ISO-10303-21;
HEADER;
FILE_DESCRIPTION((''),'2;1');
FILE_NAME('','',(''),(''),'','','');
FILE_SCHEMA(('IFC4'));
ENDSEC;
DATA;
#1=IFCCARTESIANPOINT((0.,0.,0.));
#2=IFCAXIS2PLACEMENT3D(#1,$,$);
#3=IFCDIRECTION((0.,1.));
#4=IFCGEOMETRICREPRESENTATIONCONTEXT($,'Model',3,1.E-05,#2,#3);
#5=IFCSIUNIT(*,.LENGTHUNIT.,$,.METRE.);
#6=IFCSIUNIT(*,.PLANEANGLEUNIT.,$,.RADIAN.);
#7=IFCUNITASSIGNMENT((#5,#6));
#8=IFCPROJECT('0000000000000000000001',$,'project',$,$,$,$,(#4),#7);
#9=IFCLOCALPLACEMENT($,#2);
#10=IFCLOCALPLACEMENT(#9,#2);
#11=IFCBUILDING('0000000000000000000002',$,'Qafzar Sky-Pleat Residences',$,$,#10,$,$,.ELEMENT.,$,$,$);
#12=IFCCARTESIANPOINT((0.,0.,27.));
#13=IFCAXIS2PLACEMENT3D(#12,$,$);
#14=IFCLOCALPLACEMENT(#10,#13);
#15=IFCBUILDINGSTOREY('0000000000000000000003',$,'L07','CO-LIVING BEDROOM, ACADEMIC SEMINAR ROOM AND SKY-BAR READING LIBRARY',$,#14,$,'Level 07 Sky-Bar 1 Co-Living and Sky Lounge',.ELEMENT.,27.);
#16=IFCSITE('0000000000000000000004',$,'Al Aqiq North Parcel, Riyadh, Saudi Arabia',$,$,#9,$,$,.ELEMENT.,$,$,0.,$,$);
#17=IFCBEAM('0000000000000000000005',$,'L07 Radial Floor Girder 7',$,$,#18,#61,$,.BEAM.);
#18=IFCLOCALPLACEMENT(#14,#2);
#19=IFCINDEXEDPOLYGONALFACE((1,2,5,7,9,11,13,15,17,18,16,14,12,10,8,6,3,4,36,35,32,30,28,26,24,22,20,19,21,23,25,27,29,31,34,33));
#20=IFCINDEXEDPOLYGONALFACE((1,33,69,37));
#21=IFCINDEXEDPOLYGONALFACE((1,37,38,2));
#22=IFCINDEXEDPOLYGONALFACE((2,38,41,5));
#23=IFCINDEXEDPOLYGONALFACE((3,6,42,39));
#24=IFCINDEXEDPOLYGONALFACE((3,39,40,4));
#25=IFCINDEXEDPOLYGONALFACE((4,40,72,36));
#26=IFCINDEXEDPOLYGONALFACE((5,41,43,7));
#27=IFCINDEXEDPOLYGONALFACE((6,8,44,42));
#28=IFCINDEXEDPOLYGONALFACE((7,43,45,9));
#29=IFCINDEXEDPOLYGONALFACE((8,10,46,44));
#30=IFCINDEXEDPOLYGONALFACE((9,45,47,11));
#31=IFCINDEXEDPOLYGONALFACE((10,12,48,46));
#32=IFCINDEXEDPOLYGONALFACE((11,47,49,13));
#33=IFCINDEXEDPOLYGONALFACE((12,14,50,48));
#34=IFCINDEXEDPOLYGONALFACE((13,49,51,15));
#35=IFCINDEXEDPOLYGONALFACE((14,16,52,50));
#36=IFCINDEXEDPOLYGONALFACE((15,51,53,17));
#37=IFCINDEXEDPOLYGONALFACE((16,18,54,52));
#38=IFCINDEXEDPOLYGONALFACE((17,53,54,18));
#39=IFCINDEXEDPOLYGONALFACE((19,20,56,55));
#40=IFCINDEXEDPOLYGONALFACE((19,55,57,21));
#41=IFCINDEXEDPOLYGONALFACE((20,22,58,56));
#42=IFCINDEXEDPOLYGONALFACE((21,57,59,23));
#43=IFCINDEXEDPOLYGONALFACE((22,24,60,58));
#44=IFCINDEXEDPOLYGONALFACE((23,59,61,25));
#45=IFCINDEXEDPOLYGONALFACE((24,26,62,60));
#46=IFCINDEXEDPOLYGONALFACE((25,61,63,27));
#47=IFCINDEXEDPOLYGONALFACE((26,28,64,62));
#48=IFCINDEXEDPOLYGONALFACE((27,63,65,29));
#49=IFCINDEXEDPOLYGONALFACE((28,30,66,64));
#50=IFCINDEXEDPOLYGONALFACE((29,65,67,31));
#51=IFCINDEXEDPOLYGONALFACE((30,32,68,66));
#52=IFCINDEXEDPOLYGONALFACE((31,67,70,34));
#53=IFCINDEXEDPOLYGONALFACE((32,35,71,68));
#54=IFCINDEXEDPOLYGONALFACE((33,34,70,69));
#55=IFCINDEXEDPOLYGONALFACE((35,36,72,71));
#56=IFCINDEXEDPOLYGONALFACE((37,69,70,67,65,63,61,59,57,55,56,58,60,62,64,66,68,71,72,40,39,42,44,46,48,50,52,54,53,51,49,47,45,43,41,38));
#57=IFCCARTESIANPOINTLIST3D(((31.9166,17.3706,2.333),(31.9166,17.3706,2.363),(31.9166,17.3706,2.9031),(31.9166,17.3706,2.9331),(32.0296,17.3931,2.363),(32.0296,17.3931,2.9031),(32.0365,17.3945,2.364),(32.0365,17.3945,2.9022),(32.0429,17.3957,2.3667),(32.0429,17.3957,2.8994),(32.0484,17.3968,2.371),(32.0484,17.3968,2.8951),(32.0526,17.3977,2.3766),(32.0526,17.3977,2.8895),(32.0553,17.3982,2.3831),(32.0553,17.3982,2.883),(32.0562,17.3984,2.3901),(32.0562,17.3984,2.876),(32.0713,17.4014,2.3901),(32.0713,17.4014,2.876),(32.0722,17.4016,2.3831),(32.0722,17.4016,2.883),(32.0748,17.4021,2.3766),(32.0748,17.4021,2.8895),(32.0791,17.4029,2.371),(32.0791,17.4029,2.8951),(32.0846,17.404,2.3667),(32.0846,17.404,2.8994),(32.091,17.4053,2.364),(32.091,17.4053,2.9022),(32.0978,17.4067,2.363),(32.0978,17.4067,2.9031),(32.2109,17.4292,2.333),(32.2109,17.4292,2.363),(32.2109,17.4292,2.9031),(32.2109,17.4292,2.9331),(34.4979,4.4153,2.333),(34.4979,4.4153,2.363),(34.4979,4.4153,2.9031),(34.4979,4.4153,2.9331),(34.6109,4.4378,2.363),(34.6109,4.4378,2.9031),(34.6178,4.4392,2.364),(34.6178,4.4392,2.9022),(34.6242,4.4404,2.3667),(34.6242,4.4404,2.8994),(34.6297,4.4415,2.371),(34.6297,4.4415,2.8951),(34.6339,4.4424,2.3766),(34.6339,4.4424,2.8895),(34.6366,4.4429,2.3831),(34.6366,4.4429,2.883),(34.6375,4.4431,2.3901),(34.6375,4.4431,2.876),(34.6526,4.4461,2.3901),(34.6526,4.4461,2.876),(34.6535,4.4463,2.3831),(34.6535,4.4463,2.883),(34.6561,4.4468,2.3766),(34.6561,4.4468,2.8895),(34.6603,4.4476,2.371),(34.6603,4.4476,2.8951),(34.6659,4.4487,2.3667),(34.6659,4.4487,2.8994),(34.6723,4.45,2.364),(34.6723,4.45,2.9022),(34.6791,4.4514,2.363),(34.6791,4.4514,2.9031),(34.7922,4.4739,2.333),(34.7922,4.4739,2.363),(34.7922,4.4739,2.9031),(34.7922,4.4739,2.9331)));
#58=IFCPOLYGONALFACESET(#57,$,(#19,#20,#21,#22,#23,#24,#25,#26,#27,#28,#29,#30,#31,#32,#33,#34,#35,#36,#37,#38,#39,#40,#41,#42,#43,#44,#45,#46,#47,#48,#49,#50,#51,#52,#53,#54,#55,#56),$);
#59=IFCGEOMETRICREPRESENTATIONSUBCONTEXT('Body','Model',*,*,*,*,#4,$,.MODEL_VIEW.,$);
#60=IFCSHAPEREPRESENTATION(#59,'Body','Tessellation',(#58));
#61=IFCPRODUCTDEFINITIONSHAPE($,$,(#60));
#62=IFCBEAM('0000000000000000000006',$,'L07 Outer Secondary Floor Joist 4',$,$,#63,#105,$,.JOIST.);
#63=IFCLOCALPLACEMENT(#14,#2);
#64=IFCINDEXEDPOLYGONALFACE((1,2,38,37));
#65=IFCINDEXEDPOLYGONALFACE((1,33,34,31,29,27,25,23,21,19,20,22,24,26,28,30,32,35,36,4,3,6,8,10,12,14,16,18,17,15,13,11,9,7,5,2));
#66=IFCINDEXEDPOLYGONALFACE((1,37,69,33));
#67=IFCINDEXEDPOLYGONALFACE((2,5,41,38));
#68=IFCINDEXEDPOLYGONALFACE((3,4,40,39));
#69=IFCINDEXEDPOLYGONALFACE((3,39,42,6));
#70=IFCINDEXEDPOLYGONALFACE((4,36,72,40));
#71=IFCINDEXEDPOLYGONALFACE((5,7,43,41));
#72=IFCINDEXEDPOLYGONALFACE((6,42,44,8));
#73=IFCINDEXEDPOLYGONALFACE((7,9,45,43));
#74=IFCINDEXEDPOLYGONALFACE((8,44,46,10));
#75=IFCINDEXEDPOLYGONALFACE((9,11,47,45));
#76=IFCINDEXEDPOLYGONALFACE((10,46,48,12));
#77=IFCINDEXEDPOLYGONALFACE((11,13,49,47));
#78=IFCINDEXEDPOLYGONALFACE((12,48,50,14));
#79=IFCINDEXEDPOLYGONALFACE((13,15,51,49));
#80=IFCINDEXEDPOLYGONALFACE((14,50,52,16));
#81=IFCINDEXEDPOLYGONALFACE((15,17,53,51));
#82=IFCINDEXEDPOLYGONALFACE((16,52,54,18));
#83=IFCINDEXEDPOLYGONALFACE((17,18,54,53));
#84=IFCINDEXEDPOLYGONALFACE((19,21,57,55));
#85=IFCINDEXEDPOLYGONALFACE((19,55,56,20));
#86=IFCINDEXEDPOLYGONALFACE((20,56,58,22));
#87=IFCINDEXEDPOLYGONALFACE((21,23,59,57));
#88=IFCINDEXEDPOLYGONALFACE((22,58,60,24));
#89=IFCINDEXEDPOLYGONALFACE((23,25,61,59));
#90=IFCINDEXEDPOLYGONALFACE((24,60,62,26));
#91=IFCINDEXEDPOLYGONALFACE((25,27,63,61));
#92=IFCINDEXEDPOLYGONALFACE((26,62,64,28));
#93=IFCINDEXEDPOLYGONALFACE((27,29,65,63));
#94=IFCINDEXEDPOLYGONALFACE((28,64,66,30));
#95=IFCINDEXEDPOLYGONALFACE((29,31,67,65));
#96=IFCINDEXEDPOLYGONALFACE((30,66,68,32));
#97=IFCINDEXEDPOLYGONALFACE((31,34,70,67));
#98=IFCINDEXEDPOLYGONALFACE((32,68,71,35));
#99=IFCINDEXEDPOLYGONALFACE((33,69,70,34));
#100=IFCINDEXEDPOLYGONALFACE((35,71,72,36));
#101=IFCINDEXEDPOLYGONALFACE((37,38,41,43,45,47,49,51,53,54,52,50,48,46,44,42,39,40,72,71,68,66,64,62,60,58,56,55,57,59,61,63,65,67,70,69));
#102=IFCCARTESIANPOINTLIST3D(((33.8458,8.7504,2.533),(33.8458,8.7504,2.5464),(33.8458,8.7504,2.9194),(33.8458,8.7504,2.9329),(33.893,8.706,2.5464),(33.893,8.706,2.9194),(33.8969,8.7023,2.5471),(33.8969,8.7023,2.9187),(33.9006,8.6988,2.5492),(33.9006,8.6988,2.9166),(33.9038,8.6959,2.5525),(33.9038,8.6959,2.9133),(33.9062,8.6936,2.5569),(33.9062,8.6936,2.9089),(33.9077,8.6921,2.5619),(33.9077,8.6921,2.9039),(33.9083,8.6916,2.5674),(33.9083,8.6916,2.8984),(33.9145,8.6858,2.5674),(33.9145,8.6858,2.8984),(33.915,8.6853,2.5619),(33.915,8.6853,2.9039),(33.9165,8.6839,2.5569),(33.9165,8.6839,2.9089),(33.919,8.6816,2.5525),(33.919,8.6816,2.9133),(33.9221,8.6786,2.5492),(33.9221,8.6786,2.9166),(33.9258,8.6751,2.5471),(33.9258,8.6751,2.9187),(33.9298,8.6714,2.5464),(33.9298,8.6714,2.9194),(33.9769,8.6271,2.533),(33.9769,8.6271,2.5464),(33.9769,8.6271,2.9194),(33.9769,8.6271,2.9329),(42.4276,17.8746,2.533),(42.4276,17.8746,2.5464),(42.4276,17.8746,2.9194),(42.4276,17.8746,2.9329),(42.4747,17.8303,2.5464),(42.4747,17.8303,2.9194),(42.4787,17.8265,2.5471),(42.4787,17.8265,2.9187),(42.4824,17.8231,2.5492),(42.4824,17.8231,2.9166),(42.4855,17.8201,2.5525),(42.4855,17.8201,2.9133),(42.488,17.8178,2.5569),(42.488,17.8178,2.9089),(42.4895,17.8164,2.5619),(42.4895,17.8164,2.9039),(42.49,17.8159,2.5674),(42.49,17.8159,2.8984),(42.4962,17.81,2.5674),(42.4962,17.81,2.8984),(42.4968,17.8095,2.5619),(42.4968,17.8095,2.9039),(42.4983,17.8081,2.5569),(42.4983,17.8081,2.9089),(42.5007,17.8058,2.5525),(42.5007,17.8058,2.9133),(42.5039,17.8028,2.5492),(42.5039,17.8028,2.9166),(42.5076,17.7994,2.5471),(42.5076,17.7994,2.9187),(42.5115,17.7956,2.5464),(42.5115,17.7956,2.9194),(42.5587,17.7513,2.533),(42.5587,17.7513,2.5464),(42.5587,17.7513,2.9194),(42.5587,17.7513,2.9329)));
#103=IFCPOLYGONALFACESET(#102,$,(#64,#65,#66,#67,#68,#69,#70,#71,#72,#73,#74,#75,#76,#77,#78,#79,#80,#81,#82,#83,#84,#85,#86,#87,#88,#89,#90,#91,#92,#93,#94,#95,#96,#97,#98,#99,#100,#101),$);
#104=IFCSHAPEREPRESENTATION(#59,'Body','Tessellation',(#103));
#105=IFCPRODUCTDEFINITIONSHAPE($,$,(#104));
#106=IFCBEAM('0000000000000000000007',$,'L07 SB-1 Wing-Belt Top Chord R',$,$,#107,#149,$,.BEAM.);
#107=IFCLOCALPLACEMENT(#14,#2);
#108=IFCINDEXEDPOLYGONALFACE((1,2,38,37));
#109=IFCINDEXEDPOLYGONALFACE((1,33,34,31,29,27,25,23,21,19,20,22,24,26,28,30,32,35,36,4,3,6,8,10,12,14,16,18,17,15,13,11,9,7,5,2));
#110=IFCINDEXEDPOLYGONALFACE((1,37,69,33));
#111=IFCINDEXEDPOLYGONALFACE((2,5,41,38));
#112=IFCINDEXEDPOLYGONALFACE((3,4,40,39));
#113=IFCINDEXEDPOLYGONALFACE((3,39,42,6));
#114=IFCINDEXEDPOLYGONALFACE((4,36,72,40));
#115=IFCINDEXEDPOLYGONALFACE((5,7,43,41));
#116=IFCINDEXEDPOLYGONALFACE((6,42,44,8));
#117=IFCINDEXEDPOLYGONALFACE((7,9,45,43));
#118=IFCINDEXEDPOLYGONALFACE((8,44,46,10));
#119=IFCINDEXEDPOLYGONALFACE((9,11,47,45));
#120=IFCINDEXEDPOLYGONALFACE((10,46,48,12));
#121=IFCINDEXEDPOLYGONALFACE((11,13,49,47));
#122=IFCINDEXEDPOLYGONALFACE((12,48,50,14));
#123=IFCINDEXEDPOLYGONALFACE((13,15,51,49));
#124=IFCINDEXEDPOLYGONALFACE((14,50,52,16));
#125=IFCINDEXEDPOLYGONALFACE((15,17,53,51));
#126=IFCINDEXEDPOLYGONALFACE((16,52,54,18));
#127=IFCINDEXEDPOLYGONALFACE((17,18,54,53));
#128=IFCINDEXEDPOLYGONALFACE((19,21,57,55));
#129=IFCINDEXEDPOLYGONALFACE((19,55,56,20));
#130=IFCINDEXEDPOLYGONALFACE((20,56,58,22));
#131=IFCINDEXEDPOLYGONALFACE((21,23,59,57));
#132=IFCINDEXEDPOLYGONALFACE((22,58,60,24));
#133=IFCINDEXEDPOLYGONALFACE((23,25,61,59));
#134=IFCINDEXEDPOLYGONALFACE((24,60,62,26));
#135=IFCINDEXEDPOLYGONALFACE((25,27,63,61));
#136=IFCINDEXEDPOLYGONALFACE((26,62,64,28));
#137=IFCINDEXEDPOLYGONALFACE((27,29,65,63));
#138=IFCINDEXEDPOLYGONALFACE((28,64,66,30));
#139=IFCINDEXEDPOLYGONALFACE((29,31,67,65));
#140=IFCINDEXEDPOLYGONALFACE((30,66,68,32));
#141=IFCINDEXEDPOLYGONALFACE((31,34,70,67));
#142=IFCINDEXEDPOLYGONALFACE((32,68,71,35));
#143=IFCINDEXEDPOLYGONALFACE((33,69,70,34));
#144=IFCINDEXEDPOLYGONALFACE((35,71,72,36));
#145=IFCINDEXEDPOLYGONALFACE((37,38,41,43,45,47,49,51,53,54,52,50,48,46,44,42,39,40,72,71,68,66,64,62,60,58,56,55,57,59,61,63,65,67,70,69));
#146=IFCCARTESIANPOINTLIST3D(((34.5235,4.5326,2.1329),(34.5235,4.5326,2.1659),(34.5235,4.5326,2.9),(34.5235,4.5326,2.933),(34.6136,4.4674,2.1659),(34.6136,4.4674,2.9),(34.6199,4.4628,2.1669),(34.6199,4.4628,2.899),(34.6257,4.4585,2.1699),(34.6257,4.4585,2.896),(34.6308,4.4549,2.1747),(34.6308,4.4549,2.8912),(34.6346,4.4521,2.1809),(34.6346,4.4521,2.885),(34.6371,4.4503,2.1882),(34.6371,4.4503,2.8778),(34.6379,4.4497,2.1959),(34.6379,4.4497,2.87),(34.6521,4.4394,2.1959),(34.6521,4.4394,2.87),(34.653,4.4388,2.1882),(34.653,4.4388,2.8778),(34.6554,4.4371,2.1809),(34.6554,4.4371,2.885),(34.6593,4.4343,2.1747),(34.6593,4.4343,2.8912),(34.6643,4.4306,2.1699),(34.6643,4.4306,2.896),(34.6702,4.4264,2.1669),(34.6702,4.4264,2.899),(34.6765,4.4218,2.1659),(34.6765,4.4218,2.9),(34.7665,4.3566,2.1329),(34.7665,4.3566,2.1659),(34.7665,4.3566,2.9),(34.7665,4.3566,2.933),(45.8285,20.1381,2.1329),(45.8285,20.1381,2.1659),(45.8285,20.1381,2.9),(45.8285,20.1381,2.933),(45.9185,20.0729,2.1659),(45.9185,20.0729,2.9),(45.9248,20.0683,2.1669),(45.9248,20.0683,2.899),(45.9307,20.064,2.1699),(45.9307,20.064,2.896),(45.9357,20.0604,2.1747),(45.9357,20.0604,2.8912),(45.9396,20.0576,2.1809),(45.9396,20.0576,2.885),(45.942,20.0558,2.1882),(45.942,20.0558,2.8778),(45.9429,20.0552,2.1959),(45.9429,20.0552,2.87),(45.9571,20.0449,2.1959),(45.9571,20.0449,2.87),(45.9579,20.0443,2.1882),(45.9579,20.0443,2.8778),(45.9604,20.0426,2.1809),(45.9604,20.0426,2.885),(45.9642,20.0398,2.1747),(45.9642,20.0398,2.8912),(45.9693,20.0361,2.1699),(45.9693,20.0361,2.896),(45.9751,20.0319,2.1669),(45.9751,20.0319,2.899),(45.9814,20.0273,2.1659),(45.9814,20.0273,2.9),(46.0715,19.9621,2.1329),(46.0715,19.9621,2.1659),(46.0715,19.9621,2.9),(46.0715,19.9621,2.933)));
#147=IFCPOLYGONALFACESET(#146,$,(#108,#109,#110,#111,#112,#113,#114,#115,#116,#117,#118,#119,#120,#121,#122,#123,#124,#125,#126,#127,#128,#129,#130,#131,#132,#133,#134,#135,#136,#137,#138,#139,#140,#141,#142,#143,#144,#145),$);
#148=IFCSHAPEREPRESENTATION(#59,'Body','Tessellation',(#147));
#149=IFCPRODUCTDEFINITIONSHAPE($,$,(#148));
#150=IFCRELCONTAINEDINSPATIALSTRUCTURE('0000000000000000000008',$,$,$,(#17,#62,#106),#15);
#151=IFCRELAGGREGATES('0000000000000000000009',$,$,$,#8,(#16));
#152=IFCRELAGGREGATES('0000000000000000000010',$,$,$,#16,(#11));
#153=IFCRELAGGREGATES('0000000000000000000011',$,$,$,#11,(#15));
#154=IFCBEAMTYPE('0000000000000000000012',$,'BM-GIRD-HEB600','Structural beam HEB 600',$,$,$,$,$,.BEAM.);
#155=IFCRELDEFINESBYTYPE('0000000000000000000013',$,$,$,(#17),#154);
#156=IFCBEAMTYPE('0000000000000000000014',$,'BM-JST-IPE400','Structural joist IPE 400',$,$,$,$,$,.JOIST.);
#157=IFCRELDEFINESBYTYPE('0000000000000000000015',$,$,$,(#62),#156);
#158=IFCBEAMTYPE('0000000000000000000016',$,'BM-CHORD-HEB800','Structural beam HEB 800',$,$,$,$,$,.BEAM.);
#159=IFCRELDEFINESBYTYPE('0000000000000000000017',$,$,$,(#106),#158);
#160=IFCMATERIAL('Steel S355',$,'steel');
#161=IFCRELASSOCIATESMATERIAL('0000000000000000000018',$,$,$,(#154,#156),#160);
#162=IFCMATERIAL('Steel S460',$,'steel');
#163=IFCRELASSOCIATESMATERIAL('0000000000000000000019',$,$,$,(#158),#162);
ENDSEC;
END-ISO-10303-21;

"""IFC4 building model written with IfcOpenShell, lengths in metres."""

from ifc_helpers import new_model, si_unit, direction, frame, origin, origin_2d, place, context, subcontext, project, spatial, i_section, extrude, source, transform, mapped, material, material_profile, profile_set, type_object, element, save


model = new_model("IFC4")

# Units and contexts
model_context = context("Model", 3, precision=1e-05, world=origin(), true_north=direction((0.0, 1.0)))
body_context = subcontext(model_context, "Body", "Model", "MODEL_VIEW")
ifc_project = project(units=[si_unit("LENGTHUNIT", "METRE"), si_unit("PLANEANGLEUNIT", "RADIAN")], contexts=[model_context])

# Site, building, storey
site_placement = place(None, origin())
site = spatial("IfcSite", under=ifc_project, at=site_placement, Name="Al Aqiq North Parcel, Riyadh, Saudi Arabia", CompositionType="ELEMENT", RefElevation=0.0)
building_placement = place(site_placement, origin())
building = spatial("IfcBuilding", under=site, at=building_placement, Name="Qafzar Sky-Pleat Residences", CompositionType="ELEMENT")
storey_placement = place(building_placement, frame((0.0, 0.0, 27.0)))
storey = spatial("IfcBuildingStorey", under=building, at=storey_placement, Name="L07", Description="CO-LIVING BEDROOM, ACADEMIC SEMINAR ROOM AND SKY-BAR READING LIBRARY", LongName="Level 07 Sky-Bar 1 Co-Living and Sky Lounge", CompositionType="ELEMENT", Elevation=27.0)

# Shared definitions
ifc_material_1 = material(Name="Steel S460", Category="steel")

# Beams
ifc_material_2 = material(Name="Steel S355", Category="steel")
ifc_material_profile_1 = material_profile(ifc_material_2, i_section(OverallWidth=0.3, OverallDepth=0.6001, WebThickness=0.0154, FlangeThickness=0.03, FilletRadius=0.0271, at=origin_2d()), Name="HEB 600")
ifc_profile_set_1 = profile_set([ifc_material_profile_1], Name="Steel S355")
beam_type_1 = type_object("IfcBeamType", Name="BM-GIRD-HEB600", Description="Structural beam HEB 600", PredefinedType="BEAM", material=ifc_profile_set_1)
shared_shape_1 = source(origin(), body_context, "Body", "SweptSolid", [
    extrude(i_section(OverallWidth=0.3, OverallDepth=0.6001, WebThickness=0.0154, FlangeThickness=0.03, FilletRadius=0.0271, at=origin_2d()), origin(), (0.0, 0.0, 1.0), 13.21),
])
beam_1_placement = place(storey_placement, frame((34.645, 4.4446, 2.6331), z_axis=(-0.195405, 0.980723, 0.0), x_axis=(-0.980723, -0.195405, 0.0)))
element("IfcBeam", 1, at=beam_1_placement, inside=storey, type_object=beam_type_1, Name="L07 Radial Floor Girder 7", PredefinedType="BEAM", context=body_context, shape_type="MappedRepresentation", body=[
    mapped(shared_shape_1, transform((0.0, 0.0, 0.0), x_axis=(1.0, 0.0, 0.0), y_axis=(0.0, 1.0, 0.0), z_axis=(0.0, 0.0, 1.0), scale=1.0)),
])
ifc_material_profile_2 = material_profile(ifc_material_2, i_section(OverallWidth=0.1799, OverallDepth=0.3999, WebThickness=0.0085, FlangeThickness=0.0134, FilletRadius=0.021, at=origin_2d()), Name="IPE 400")
ifc_profile_set_2 = profile_set([ifc_material_profile_2], Name="Steel S355")
beam_type_2 = type_object("IfcBeamType", Name="BM-JST-IPE400", Description="Structural joist IPE 400", PredefinedType="JOIST", material=ifc_profile_set_2)
shared_shape_2 = source(origin(), body_context, "Body", "SweptSolid", [
    extrude(i_section(OverallWidth=0.1799, OverallDepth=0.3999, WebThickness=0.0085, FlangeThickness=0.0134, FilletRadius=0.021, at=origin_2d()), origin(), (0.0, 0.0, 1.0), 12.5259),
])
beam_2_placement = place(storey_placement, frame((33.9114, 8.6887, 2.7329), z_axis=(0.685121, 0.728429, 0.0), x_axis=(-0.728429, 0.685121, 0.0)))
element("IfcBeam", 2, at=beam_2_placement, inside=storey, type_object=beam_type_2, Name="L07 Outer Secondary Floor Joist 4", PredefinedType="JOIST", context=body_context, shape_type="MappedRepresentation", body=[
    mapped(shared_shape_2, transform((0.0, 0.0, 0.0), x_axis=(1.0, 0.0, 0.0), y_axis=(0.0, 1.0, 0.0), z_axis=(0.0, 0.0, 1.0), scale=1.0)),
])
ifc_material_profile_3 = material_profile(ifc_material_1, i_section(OverallWidth=0.3, OverallDepth=0.8, WebThickness=0.0176, FlangeThickness=0.033, FilletRadius=0.03, at=origin_2d()), Name="HEB 800")
ifc_profile_set_3 = profile_set([ifc_material_profile_3], Name="Steel S460")
beam_type_3 = type_object("IfcBeamType", Name="BM-CHORD-HEB800", Description="Structural beam HEB 800", PredefinedType="BEAM", material=ifc_profile_set_3)
shared_shape_3 = source(origin(), body_context, "Body", "SweptSolid", [
    extrude(i_section(OverallWidth=0.3, OverallDepth=0.8, WebThickness=0.0176, FlangeThickness=0.033, FilletRadius=0.03, at=origin_2d()), origin(), (0.0, 0.0, 1.0), 19.27),
])
beam_3_placement = place(storey_placement, frame((34.645, 4.4446, 2.533), z_axis=(0.58666, 0.809833, 0.0), x_axis=(-0.809833, 0.58666, 0.0)))
element("IfcBeam", 3, at=beam_3_placement, inside=storey, type_object=beam_type_3, Name="L07 SB-1 Wing-Belt Top Chord R", PredefinedType="BEAM", context=body_context, shape_type="MappedRepresentation", body=[
    mapped(shared_shape_3, transform((0.0, 0.0, 0.0), x_axis=(1.0, 0.0, 0.0), y_axis=(0.0, 1.0, 0.0), z_axis=(0.0, 0.0, 1.0), scale=1.0)),
])

save(model, "model.ifc")
